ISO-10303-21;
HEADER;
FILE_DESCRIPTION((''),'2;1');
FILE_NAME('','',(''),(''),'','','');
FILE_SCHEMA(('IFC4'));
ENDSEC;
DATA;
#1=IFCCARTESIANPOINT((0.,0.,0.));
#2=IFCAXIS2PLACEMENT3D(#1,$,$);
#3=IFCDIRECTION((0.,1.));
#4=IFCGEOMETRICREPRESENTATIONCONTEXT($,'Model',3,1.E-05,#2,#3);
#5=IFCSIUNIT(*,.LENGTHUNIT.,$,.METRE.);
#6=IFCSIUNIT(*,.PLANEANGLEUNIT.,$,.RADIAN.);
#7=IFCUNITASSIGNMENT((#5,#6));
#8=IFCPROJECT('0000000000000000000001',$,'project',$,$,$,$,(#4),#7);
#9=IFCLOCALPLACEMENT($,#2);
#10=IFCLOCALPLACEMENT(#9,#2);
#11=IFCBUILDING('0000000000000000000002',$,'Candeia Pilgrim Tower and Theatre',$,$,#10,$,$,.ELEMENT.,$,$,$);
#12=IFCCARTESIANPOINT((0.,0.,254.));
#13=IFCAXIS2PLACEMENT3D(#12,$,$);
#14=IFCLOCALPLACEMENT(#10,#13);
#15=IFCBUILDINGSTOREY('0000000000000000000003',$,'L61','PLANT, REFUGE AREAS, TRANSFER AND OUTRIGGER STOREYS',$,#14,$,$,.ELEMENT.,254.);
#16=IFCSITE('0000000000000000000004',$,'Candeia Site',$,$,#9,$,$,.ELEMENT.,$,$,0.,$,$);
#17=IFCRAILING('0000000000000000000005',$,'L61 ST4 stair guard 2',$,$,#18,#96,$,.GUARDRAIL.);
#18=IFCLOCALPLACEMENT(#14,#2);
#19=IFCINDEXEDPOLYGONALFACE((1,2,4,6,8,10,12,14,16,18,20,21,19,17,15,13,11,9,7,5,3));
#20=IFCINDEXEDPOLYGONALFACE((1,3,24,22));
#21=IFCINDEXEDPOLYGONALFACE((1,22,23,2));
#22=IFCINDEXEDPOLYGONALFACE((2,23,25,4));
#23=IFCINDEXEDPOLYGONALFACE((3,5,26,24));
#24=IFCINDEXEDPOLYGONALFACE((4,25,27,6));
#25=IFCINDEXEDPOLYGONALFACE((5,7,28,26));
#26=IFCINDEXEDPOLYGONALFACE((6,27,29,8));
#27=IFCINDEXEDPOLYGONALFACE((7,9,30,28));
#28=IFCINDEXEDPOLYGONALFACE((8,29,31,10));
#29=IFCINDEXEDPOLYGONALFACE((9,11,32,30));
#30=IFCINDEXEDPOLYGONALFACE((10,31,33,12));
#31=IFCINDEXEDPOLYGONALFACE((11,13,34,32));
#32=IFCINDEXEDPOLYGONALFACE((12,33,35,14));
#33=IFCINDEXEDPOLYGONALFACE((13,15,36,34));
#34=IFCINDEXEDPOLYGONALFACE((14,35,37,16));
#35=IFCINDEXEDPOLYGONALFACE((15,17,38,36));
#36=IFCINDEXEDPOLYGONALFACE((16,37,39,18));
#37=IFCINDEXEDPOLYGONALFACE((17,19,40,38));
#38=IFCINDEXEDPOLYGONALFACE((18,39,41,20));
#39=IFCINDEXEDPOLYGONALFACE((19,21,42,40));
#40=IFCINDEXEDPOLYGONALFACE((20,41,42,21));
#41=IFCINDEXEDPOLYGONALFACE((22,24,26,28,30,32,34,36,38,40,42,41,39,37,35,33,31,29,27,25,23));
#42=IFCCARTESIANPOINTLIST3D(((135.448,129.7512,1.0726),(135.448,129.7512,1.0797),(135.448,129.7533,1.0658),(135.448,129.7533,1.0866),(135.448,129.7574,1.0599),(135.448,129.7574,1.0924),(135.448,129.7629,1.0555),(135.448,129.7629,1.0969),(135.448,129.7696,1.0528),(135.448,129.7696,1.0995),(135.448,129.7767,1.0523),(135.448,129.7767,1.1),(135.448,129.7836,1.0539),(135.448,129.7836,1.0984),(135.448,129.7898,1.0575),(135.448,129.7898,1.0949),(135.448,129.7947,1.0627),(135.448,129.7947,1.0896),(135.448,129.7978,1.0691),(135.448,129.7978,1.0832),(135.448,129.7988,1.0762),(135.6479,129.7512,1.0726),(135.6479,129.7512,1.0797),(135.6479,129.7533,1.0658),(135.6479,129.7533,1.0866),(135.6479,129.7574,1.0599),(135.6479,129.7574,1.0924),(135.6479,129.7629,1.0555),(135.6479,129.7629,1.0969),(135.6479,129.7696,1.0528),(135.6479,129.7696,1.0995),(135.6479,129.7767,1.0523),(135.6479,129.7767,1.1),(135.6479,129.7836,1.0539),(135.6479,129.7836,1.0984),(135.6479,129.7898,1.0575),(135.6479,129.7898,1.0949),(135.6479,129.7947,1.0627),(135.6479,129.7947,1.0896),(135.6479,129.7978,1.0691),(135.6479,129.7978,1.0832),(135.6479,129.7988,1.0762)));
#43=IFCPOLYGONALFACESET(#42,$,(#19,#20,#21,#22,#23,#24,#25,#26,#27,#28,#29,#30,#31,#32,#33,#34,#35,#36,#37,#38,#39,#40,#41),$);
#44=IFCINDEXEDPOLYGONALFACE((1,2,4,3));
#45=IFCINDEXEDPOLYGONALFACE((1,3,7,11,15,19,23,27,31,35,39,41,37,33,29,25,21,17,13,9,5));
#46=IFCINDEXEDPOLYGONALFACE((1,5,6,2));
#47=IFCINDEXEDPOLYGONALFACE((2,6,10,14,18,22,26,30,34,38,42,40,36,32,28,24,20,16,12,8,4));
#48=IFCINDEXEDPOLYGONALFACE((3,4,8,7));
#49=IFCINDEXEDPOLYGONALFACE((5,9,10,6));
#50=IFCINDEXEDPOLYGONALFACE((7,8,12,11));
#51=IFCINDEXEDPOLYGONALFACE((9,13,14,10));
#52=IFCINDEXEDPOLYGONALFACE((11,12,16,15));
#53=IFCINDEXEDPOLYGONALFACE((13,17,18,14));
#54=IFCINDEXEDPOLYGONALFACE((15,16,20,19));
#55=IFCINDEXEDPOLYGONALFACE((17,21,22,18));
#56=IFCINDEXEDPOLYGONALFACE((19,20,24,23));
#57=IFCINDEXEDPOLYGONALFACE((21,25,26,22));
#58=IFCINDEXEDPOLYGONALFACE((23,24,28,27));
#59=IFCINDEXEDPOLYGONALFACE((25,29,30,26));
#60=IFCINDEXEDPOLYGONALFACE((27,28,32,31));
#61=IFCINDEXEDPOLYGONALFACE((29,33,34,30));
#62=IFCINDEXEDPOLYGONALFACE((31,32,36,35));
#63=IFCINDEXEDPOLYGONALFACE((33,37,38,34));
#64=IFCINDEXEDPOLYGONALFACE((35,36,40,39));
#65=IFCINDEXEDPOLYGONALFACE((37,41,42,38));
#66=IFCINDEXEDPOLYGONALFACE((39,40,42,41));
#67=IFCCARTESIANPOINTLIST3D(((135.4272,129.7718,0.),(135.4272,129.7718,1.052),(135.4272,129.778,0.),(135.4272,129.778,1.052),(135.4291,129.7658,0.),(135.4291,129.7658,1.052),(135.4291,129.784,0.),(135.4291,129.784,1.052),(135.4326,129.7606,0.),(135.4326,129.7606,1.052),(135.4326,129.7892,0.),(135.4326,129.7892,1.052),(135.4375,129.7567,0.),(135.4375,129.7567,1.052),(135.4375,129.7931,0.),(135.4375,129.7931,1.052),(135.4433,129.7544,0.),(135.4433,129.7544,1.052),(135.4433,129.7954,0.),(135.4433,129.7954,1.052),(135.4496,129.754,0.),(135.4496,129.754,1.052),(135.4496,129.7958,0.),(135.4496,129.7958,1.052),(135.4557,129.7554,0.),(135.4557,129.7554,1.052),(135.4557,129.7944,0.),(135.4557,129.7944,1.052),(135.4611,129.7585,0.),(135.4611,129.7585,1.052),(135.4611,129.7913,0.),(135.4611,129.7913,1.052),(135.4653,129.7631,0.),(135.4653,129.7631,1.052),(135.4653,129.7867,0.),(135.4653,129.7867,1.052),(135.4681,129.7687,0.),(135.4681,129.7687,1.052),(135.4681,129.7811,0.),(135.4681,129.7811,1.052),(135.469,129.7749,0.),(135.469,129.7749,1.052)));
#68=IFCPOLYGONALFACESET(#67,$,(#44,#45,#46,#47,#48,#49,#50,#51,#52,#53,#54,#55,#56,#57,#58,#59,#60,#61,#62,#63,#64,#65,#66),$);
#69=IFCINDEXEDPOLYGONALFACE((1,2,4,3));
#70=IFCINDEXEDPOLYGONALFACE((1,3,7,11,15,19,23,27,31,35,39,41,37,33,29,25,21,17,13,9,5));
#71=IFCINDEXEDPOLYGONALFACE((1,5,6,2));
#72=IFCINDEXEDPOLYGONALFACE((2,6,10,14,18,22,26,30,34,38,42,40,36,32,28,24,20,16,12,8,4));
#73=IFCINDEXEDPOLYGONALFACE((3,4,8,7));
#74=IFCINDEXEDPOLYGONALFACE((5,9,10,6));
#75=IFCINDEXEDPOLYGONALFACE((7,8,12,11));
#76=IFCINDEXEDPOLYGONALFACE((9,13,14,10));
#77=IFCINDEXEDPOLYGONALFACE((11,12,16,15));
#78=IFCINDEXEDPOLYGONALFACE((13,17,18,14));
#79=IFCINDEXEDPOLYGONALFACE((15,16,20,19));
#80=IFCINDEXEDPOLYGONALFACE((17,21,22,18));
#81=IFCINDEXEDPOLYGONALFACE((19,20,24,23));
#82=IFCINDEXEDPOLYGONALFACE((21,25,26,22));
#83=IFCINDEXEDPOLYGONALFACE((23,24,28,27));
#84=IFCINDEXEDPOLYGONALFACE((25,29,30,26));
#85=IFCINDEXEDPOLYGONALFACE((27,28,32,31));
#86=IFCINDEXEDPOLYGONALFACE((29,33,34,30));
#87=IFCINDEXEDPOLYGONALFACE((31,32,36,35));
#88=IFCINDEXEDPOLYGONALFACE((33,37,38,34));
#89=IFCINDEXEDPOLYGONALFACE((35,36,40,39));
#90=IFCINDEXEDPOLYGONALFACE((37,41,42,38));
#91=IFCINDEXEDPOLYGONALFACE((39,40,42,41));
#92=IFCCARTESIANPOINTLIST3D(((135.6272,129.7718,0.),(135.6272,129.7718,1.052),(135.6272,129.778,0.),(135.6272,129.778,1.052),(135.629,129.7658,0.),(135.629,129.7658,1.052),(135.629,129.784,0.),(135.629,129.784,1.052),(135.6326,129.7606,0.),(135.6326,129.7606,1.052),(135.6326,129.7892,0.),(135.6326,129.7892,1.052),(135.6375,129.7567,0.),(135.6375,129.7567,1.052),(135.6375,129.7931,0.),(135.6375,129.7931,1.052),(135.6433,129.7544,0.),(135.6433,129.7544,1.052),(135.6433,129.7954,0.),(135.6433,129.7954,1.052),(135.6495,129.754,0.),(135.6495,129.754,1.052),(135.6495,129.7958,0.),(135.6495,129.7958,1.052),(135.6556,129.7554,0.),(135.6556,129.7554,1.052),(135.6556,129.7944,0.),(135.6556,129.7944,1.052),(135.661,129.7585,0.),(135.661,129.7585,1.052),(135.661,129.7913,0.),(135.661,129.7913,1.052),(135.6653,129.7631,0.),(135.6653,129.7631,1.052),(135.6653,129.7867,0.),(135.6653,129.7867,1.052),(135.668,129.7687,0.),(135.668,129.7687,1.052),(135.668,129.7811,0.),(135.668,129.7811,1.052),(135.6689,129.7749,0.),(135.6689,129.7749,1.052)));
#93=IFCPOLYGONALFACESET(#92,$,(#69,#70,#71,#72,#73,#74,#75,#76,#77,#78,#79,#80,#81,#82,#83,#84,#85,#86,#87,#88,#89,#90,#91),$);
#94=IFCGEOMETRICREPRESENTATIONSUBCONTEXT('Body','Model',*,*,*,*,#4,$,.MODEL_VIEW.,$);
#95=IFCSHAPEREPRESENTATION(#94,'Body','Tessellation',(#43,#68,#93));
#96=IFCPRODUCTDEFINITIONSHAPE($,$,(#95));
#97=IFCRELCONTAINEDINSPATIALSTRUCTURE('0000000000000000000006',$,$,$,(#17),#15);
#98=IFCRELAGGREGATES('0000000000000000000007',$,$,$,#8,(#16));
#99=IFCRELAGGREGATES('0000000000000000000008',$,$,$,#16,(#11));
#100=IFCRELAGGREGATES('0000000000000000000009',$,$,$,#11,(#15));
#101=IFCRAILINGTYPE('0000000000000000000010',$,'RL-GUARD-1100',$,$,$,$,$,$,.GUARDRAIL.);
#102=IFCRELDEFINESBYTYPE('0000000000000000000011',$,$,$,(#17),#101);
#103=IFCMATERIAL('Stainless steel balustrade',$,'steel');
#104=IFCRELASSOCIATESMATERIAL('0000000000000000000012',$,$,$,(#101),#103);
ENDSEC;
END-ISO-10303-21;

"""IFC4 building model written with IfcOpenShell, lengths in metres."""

from ifc_helpers import new_model, si_unit, direction, frame, origin, origin_2d, place, context, subcontext, project, spatial, circle, extrude, material, type_object, element, save


model = new_model("IFC4")

# Units and contexts
model_context = context("Model", 3, precision=1e-05, world=origin(), true_north=direction((0.0, 1.0)))
body_context = subcontext(model_context, "Body", "Model", "MODEL_VIEW")
ifc_project = project(units=[si_unit("LENGTHUNIT", "METRE"), si_unit("PLANEANGLEUNIT", "RADIAN")], contexts=[model_context])

# Site, building, storey
site_placement = place(None, origin())
site = spatial("IfcSite", under=ifc_project, at=site_placement, Name="Candeia Site", CompositionType="ELEMENT", RefElevation=0.0)
building_placement = place(site_placement, origin())
building = spatial("IfcBuilding", under=site, at=building_placement, Name="Candeia Pilgrim Tower and Theatre", CompositionType="ELEMENT")
storey_placement = place(building_placement, frame((0.0, 0.0, 254.0)))
storey = spatial("IfcBuildingStorey", under=building, at=storey_placement, Name="L61", Description="PLANT, REFUGE AREAS, TRANSFER AND OUTRIGGER STOREYS", CompositionType="ELEMENT", Elevation=254.0)

# Railing
ifc_material_1 = material(Name="Stainless steel balustrade", Category="steel")
railing_type_1 = type_object("IfcRailingType", Name="RL-GUARD-1100", PredefinedType="GUARDRAIL", material=ifc_material_1)
railing_1_placement = place(storey_placement, frame((135.448, 129.7749, 0.0)))
element("IfcRailing", 1, at=railing_1_placement, inside=storey, type_object=railing_type_1, Name="L61 ST4 stair guard 2", PredefinedType="GUARDRAIL", context=body_context, shape_type="SweptSolid", body=[
    extrude(circle(Radius=0.0239, at=origin_2d()), frame((0.0, 0.0, 1.0762), z_axis=(1.0, 0.0, 0.0), x_axis=(0.0, 1.0, 0.0)), (0.0, 0.0, 1.0), 0.2),
    extrude(circle(Radius=0.021, at=origin_2d()), origin(), (0.0, 0.0, 1.0), 1.052),
    extrude(circle(Radius=0.021, at=origin_2d()), frame((0.2, 0.0, 0.0)), (0.0, 0.0, 1.0), 1.052),
])

save(model, "model.ifc")
